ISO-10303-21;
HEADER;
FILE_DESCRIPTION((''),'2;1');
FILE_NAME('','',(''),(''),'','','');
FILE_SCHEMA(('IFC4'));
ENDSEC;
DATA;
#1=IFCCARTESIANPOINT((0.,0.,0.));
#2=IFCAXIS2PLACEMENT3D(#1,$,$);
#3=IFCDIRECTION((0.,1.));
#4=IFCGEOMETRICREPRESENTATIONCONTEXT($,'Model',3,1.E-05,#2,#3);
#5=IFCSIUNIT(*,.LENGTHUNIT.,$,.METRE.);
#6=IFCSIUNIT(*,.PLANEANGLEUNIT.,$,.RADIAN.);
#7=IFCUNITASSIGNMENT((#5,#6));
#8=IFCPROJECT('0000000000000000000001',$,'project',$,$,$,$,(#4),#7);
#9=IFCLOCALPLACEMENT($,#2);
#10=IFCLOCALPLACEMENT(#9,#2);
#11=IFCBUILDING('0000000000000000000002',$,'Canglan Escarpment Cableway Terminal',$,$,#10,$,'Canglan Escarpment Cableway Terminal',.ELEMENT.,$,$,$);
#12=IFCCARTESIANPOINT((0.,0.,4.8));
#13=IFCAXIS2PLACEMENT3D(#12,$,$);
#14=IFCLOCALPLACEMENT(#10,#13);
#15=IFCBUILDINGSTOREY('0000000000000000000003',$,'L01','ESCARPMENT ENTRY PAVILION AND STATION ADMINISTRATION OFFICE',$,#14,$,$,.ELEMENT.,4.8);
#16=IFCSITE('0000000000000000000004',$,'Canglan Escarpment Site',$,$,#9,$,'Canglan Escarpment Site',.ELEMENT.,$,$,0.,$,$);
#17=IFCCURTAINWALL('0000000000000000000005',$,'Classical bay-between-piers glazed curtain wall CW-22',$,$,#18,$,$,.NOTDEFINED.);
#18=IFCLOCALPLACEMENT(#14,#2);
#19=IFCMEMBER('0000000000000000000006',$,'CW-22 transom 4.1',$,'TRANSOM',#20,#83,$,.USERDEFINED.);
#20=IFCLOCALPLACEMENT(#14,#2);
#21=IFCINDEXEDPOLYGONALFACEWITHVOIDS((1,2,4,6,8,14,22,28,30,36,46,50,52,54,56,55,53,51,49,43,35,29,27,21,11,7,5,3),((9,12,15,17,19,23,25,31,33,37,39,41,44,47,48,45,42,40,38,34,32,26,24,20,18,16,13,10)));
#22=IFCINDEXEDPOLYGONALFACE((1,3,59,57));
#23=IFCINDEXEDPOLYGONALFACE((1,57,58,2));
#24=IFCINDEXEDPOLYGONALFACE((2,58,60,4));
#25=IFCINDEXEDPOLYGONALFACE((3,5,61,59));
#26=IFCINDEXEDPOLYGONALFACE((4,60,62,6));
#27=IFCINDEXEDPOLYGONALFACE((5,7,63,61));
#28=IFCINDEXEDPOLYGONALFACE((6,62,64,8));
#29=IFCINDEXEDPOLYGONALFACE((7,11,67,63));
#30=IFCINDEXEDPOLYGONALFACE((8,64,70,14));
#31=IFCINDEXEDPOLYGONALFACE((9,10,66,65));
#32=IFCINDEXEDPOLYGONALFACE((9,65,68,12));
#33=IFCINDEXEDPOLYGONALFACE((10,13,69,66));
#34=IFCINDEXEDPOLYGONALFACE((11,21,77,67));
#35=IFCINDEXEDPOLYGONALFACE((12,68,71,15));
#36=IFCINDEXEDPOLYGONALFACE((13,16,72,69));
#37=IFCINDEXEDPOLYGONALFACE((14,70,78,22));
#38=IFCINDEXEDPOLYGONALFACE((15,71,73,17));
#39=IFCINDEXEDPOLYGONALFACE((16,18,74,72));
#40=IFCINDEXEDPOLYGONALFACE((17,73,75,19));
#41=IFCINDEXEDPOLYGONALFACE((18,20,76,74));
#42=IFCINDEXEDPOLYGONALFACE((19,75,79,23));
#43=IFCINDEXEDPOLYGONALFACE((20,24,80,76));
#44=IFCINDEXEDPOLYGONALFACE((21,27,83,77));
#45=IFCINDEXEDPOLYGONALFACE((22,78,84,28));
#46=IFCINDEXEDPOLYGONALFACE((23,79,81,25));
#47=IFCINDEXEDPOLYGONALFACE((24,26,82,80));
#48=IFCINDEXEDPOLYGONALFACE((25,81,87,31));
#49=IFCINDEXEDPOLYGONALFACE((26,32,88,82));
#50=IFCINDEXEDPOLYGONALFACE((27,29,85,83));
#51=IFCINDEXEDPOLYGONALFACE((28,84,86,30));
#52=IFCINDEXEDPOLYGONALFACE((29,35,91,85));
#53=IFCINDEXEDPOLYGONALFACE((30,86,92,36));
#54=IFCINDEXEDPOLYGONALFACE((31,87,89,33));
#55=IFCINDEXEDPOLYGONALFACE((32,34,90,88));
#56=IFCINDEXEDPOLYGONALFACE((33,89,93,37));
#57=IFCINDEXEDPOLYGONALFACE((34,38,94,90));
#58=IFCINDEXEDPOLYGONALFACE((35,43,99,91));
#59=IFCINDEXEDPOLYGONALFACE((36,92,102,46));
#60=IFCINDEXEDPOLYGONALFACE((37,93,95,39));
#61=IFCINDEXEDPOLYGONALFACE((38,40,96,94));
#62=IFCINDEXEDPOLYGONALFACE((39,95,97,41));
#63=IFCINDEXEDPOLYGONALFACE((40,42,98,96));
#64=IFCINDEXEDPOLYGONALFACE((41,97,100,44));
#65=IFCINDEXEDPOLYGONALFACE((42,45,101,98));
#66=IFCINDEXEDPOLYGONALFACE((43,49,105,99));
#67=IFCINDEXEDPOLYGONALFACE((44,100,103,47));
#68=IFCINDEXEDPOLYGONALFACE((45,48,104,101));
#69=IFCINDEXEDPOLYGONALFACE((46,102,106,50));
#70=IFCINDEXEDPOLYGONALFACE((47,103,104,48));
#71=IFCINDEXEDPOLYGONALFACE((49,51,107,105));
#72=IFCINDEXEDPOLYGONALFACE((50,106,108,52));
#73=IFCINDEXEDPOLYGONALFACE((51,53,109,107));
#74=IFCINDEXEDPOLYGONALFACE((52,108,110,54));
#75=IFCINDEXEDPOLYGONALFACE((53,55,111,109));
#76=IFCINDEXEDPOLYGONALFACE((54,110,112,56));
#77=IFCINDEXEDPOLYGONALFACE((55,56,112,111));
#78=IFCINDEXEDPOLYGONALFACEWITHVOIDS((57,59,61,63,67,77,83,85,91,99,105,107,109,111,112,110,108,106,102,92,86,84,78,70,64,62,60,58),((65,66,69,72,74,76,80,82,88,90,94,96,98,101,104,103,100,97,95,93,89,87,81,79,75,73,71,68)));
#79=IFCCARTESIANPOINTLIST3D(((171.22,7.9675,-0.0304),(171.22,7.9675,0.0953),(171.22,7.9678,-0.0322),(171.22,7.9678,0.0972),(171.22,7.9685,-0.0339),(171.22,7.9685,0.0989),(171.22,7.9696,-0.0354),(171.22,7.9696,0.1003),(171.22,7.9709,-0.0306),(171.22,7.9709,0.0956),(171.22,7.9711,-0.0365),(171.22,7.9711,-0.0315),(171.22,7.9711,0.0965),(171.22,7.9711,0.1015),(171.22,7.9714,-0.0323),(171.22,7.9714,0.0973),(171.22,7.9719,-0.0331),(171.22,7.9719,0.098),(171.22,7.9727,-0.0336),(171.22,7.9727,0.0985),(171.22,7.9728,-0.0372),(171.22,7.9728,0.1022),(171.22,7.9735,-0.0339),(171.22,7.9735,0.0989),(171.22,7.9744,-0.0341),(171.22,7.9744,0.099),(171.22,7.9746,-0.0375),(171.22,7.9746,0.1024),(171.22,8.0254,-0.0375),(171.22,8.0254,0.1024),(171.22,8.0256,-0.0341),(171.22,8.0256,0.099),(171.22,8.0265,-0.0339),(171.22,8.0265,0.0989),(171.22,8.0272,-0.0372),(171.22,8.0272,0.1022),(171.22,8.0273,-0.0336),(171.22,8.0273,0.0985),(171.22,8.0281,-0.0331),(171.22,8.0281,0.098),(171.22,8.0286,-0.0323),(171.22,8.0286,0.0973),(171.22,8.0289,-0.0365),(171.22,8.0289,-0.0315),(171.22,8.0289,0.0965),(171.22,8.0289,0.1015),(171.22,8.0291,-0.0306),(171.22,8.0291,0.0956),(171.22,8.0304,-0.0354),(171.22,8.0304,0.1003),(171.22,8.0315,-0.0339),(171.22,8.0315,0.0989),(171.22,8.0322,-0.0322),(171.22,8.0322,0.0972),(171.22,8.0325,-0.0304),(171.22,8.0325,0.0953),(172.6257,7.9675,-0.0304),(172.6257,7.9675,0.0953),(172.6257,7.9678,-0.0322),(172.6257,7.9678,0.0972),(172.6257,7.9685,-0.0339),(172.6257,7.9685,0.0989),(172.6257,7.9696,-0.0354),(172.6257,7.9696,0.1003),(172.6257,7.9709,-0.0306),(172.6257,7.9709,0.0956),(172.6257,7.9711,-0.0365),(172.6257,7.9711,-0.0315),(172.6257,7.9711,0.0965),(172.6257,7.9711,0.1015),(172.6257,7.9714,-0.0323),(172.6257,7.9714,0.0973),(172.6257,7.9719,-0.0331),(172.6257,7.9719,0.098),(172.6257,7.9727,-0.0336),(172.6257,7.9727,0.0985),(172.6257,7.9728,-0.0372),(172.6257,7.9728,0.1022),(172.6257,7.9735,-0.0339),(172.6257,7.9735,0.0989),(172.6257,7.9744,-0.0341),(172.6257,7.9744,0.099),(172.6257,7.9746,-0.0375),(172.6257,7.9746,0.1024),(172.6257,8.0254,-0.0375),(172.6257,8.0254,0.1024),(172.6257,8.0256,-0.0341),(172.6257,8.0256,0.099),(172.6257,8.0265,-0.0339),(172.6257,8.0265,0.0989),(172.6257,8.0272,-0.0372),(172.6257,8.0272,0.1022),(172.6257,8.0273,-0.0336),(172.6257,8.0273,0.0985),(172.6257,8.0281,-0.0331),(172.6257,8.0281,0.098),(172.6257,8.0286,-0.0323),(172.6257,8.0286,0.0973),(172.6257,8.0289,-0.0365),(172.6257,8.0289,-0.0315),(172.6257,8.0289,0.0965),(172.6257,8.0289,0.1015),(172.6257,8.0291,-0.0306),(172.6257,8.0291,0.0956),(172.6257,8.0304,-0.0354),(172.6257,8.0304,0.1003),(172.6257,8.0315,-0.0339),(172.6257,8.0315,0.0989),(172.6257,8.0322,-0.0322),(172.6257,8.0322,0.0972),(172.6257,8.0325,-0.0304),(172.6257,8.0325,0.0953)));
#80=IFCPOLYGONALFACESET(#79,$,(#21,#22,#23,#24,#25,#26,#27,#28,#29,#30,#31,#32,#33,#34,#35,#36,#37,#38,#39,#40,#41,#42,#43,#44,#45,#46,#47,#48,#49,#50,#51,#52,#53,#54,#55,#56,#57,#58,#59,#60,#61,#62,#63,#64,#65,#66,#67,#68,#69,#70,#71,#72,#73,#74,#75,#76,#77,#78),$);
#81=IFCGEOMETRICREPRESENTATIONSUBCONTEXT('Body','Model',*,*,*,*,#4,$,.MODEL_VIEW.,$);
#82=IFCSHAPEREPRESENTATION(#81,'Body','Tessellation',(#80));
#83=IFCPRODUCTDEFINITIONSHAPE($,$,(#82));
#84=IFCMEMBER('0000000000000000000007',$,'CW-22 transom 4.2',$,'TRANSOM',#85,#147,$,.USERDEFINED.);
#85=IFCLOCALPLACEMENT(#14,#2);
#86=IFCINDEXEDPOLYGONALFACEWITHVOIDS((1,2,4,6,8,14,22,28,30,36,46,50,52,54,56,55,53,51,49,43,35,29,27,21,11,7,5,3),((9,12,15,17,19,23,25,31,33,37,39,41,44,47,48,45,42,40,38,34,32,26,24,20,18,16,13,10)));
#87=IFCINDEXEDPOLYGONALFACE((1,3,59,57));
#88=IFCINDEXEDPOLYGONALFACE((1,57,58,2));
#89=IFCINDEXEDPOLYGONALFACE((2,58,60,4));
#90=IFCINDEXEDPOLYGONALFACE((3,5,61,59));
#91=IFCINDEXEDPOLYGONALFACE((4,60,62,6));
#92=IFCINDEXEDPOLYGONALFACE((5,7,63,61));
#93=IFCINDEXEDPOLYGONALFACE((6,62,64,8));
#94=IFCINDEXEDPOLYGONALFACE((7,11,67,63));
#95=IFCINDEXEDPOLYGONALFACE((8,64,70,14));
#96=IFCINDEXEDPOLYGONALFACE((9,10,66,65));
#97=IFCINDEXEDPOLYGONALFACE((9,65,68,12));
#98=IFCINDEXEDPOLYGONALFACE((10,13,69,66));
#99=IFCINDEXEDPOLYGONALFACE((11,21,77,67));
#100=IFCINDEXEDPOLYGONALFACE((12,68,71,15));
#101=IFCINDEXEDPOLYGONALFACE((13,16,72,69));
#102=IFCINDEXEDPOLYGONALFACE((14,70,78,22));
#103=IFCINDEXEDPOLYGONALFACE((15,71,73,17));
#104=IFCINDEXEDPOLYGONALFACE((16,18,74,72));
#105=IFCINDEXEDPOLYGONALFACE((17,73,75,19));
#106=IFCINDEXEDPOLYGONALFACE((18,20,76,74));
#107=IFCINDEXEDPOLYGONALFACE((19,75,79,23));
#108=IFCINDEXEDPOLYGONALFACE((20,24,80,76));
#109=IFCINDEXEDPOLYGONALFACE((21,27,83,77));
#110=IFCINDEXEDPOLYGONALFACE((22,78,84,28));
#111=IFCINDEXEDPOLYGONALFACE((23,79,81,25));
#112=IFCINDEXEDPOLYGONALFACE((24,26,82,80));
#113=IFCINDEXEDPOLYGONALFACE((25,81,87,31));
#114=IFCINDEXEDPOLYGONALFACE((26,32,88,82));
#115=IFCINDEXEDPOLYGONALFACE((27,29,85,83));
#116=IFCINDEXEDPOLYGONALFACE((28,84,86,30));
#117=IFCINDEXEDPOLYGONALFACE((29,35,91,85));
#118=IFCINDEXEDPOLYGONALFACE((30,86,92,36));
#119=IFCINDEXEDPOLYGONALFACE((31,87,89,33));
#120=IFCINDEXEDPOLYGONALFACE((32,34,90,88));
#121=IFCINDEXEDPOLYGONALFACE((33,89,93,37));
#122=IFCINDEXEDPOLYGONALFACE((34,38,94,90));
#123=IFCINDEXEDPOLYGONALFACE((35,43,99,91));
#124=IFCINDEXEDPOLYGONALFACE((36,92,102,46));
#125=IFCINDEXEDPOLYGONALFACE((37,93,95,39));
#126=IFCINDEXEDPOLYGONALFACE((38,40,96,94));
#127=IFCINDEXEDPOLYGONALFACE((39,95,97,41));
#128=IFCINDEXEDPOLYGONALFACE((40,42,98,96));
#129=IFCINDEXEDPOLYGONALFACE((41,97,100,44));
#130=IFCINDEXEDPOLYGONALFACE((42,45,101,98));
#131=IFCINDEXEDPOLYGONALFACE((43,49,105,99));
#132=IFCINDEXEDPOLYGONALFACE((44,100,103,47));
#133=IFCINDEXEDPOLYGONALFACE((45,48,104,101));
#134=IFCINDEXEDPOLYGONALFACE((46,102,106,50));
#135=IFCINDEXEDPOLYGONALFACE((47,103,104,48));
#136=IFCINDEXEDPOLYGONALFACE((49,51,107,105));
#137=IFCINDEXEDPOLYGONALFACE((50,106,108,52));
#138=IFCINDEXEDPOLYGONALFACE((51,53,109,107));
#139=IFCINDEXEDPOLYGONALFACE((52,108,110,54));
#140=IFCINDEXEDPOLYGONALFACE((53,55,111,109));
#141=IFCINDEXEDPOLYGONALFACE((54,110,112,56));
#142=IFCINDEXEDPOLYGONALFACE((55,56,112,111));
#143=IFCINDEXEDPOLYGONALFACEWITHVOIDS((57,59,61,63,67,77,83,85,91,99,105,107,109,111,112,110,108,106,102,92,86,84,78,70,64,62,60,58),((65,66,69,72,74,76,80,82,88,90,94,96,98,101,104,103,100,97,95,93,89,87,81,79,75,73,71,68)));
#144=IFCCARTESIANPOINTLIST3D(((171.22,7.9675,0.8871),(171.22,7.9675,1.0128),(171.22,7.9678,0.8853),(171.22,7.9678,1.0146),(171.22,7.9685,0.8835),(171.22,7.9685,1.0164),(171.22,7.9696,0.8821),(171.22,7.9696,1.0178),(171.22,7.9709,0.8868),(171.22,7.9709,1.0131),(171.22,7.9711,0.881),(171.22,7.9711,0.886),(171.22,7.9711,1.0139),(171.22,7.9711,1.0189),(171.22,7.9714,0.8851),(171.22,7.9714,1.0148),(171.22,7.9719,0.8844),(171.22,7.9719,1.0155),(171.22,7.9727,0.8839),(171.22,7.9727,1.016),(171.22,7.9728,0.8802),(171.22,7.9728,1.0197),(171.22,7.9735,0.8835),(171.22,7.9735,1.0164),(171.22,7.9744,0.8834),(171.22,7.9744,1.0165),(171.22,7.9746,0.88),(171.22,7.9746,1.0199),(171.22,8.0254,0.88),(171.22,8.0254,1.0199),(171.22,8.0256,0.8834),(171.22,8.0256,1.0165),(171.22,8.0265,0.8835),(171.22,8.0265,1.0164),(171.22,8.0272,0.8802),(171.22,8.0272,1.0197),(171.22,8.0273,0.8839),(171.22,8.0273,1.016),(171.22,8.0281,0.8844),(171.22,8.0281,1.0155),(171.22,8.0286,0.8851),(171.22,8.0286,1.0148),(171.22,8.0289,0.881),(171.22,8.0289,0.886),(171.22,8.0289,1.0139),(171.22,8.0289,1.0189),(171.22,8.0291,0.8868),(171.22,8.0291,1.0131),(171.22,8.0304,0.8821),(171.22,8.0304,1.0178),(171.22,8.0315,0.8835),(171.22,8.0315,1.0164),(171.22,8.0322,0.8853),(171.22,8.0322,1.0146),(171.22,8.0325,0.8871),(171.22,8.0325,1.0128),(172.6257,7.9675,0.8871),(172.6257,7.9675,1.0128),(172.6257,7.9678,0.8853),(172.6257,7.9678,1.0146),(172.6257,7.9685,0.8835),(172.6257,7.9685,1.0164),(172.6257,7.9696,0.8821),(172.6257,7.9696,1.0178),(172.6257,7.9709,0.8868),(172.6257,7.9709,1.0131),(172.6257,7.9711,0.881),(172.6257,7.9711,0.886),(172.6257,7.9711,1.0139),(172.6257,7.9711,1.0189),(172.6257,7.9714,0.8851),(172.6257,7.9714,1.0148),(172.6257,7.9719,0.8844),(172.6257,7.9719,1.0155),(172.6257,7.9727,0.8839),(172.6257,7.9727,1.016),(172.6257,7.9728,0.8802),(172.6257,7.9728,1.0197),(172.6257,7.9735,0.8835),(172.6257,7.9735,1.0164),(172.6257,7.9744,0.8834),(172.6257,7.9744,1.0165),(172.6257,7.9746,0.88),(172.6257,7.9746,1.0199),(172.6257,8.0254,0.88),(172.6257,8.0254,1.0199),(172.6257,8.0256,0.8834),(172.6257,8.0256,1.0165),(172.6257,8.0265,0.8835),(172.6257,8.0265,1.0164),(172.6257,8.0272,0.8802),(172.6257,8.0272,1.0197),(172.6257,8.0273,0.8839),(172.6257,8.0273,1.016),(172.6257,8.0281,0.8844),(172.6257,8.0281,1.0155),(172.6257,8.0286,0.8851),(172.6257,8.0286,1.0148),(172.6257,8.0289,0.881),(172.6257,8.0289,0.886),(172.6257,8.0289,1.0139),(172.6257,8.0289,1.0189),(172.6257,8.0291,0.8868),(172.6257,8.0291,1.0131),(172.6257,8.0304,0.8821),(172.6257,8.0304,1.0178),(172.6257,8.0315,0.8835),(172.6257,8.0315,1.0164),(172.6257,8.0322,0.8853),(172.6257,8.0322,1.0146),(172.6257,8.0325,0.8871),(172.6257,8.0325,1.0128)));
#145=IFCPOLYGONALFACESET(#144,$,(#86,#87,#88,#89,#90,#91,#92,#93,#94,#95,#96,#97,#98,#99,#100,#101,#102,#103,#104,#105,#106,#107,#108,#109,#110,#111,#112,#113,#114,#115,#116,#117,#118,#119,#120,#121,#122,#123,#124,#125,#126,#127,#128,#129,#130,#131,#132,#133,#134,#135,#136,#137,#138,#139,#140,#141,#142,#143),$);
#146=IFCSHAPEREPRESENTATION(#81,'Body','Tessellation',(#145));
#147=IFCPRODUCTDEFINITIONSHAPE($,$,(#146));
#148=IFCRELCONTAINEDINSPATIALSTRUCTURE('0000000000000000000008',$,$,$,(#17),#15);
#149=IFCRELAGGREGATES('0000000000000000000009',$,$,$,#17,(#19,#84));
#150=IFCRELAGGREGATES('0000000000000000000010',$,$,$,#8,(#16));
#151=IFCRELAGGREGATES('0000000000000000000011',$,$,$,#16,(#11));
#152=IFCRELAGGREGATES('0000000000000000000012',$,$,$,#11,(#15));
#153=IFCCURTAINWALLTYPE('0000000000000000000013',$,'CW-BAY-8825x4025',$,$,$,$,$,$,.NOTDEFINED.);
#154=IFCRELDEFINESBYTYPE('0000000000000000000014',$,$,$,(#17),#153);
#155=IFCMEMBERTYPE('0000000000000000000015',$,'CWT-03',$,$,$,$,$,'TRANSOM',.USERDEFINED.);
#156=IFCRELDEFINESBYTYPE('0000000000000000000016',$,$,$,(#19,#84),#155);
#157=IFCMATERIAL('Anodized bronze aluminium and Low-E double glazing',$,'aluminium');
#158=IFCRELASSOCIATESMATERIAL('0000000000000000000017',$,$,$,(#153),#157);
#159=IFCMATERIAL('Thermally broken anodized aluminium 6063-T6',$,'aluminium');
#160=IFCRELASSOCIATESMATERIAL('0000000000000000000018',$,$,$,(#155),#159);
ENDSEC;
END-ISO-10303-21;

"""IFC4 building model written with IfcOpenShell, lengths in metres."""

from ifc_helpers import new_model, si_unit, direction, frame, origin, origin_2d, place, context, subcontext, project, spatial, hollow_rectangle, extrude, material, material_profile, profile_set, type_object, element, aggregate, save


model = new_model("IFC4")

# Units and contexts
model_context = context("Model", 3, precision=1e-05, world=origin(), true_north=direction((0.0, 1.0)))
body_context = subcontext(model_context, "Body", "Model", "MODEL_VIEW")
ifc_project = project(units=[si_unit("LENGTHUNIT", "METRE"), si_unit("PLANEANGLEUNIT", "RADIAN")], contexts=[model_context])

# Site, building, storey
site_placement = place(None, origin())
site = spatial("IfcSite", under=ifc_project, at=site_placement, Name="Canglan Escarpment Site", LongName="Canglan Escarpment Site", CompositionType="ELEMENT", RefElevation=0.0)
building_placement = place(site_placement, origin())
building = spatial("IfcBuilding", under=site, at=building_placement, Name="Canglan Escarpment Cableway Terminal", LongName="Canglan Escarpment Cableway Terminal", CompositionType="ELEMENT")
storey_placement = place(building_placement, frame((0.0, 0.0, 4.8)))
storey = spatial("IfcBuildingStorey", under=building, at=storey_placement, Name="L01", Description="ESCARPMENT ENTRY PAVILION AND STATION ADMINISTRATION OFFICE", CompositionType="ELEMENT", Elevation=4.8)

# Curtain wall, members
ifc_material_1 = material(Name="Anodized bronze aluminium and Low-E double glazing", Category="aluminium")
curtain_wall_type = type_object("IfcCurtainWallType", Name="CW-BAY-8825x4025", PredefinedType="NOTDEFINED", material=ifc_material_1)
curtain_wall_placement = place(storey_placement, origin())
curtain_wall = element("IfcCurtainWall", 1, at=curtain_wall_placement, inside=storey, type_object=curtain_wall_type, Name="Classical bay-between-piers glazed curtain wall CW-22", PredefinedType="NOTDEFINED")
ifc_material_2 = material(Name="Thermally broken anodized aluminium 6063-T6", Category="aluminium")
ifc_material_profile_1 = material_profile(ifc_material_2, hollow_rectangle(XDim=0.0649, YDim=0.1399, WallThickness=0.0034, InnerFilletRadius=0.0034, OuterFilletRadius=0.0071, at=origin_2d()), Name="ALU-TRAN 65x140x3.5")
ifc_profile_set_1 = profile_set([ifc_material_profile_1], Name="Thermally broken anodized aluminium 6063-T6")
member_type_1 = type_object("IfcMemberType", Name="CWT-03", ElementType="TRANSOM", PredefinedType="USERDEFINED", material=ifc_profile_set_1)
member_1_placement = place(storey_placement, frame((171.22, 8.0, 0.0325), z_axis=(1.0, 0.0, 0.0), x_axis=(0.0, 1.0, 0.0)))
member_1 = element("IfcMember", 2, at=member_1_placement, type_object=member_type_1, Name="CW-22 transom 4.1", ObjectType="TRANSOM", PredefinedType="USERDEFINED", context=body_context, shape_type="SweptSolid", body=[
    extrude(hollow_rectangle(XDim=0.0649, YDim=0.1399, WallThickness=0.0034, InnerFilletRadius=0.0034, OuterFilletRadius=0.0071, at=origin_2d()), origin(), (0.0, 0.0, 1.0), 1.4058),
])
member_2_placement = place(storey_placement, frame((171.22, 8.0, 0.95), z_axis=(1.0, 0.0, 0.0), x_axis=(0.0, 1.0, 0.0)))
member_2 = element("IfcMember", 3, at=member_2_placement, type_object=member_type_1, Name="CW-22 transom 4.2", ObjectType="TRANSOM", PredefinedType="USERDEFINED", context=body_context, shape_type="SweptSolid", body=[
    extrude(hollow_rectangle(XDim=0.0649, YDim=0.1399, WallThickness=0.0034, InnerFilletRadius=0.0034, OuterFilletRadius=0.0071, at=origin_2d()), origin(), (0.0, 0.0, 1.0), 1.4058),
])
aggregate(curtain_wall, [member_1, member_2])

save(model, "model.ifc")
